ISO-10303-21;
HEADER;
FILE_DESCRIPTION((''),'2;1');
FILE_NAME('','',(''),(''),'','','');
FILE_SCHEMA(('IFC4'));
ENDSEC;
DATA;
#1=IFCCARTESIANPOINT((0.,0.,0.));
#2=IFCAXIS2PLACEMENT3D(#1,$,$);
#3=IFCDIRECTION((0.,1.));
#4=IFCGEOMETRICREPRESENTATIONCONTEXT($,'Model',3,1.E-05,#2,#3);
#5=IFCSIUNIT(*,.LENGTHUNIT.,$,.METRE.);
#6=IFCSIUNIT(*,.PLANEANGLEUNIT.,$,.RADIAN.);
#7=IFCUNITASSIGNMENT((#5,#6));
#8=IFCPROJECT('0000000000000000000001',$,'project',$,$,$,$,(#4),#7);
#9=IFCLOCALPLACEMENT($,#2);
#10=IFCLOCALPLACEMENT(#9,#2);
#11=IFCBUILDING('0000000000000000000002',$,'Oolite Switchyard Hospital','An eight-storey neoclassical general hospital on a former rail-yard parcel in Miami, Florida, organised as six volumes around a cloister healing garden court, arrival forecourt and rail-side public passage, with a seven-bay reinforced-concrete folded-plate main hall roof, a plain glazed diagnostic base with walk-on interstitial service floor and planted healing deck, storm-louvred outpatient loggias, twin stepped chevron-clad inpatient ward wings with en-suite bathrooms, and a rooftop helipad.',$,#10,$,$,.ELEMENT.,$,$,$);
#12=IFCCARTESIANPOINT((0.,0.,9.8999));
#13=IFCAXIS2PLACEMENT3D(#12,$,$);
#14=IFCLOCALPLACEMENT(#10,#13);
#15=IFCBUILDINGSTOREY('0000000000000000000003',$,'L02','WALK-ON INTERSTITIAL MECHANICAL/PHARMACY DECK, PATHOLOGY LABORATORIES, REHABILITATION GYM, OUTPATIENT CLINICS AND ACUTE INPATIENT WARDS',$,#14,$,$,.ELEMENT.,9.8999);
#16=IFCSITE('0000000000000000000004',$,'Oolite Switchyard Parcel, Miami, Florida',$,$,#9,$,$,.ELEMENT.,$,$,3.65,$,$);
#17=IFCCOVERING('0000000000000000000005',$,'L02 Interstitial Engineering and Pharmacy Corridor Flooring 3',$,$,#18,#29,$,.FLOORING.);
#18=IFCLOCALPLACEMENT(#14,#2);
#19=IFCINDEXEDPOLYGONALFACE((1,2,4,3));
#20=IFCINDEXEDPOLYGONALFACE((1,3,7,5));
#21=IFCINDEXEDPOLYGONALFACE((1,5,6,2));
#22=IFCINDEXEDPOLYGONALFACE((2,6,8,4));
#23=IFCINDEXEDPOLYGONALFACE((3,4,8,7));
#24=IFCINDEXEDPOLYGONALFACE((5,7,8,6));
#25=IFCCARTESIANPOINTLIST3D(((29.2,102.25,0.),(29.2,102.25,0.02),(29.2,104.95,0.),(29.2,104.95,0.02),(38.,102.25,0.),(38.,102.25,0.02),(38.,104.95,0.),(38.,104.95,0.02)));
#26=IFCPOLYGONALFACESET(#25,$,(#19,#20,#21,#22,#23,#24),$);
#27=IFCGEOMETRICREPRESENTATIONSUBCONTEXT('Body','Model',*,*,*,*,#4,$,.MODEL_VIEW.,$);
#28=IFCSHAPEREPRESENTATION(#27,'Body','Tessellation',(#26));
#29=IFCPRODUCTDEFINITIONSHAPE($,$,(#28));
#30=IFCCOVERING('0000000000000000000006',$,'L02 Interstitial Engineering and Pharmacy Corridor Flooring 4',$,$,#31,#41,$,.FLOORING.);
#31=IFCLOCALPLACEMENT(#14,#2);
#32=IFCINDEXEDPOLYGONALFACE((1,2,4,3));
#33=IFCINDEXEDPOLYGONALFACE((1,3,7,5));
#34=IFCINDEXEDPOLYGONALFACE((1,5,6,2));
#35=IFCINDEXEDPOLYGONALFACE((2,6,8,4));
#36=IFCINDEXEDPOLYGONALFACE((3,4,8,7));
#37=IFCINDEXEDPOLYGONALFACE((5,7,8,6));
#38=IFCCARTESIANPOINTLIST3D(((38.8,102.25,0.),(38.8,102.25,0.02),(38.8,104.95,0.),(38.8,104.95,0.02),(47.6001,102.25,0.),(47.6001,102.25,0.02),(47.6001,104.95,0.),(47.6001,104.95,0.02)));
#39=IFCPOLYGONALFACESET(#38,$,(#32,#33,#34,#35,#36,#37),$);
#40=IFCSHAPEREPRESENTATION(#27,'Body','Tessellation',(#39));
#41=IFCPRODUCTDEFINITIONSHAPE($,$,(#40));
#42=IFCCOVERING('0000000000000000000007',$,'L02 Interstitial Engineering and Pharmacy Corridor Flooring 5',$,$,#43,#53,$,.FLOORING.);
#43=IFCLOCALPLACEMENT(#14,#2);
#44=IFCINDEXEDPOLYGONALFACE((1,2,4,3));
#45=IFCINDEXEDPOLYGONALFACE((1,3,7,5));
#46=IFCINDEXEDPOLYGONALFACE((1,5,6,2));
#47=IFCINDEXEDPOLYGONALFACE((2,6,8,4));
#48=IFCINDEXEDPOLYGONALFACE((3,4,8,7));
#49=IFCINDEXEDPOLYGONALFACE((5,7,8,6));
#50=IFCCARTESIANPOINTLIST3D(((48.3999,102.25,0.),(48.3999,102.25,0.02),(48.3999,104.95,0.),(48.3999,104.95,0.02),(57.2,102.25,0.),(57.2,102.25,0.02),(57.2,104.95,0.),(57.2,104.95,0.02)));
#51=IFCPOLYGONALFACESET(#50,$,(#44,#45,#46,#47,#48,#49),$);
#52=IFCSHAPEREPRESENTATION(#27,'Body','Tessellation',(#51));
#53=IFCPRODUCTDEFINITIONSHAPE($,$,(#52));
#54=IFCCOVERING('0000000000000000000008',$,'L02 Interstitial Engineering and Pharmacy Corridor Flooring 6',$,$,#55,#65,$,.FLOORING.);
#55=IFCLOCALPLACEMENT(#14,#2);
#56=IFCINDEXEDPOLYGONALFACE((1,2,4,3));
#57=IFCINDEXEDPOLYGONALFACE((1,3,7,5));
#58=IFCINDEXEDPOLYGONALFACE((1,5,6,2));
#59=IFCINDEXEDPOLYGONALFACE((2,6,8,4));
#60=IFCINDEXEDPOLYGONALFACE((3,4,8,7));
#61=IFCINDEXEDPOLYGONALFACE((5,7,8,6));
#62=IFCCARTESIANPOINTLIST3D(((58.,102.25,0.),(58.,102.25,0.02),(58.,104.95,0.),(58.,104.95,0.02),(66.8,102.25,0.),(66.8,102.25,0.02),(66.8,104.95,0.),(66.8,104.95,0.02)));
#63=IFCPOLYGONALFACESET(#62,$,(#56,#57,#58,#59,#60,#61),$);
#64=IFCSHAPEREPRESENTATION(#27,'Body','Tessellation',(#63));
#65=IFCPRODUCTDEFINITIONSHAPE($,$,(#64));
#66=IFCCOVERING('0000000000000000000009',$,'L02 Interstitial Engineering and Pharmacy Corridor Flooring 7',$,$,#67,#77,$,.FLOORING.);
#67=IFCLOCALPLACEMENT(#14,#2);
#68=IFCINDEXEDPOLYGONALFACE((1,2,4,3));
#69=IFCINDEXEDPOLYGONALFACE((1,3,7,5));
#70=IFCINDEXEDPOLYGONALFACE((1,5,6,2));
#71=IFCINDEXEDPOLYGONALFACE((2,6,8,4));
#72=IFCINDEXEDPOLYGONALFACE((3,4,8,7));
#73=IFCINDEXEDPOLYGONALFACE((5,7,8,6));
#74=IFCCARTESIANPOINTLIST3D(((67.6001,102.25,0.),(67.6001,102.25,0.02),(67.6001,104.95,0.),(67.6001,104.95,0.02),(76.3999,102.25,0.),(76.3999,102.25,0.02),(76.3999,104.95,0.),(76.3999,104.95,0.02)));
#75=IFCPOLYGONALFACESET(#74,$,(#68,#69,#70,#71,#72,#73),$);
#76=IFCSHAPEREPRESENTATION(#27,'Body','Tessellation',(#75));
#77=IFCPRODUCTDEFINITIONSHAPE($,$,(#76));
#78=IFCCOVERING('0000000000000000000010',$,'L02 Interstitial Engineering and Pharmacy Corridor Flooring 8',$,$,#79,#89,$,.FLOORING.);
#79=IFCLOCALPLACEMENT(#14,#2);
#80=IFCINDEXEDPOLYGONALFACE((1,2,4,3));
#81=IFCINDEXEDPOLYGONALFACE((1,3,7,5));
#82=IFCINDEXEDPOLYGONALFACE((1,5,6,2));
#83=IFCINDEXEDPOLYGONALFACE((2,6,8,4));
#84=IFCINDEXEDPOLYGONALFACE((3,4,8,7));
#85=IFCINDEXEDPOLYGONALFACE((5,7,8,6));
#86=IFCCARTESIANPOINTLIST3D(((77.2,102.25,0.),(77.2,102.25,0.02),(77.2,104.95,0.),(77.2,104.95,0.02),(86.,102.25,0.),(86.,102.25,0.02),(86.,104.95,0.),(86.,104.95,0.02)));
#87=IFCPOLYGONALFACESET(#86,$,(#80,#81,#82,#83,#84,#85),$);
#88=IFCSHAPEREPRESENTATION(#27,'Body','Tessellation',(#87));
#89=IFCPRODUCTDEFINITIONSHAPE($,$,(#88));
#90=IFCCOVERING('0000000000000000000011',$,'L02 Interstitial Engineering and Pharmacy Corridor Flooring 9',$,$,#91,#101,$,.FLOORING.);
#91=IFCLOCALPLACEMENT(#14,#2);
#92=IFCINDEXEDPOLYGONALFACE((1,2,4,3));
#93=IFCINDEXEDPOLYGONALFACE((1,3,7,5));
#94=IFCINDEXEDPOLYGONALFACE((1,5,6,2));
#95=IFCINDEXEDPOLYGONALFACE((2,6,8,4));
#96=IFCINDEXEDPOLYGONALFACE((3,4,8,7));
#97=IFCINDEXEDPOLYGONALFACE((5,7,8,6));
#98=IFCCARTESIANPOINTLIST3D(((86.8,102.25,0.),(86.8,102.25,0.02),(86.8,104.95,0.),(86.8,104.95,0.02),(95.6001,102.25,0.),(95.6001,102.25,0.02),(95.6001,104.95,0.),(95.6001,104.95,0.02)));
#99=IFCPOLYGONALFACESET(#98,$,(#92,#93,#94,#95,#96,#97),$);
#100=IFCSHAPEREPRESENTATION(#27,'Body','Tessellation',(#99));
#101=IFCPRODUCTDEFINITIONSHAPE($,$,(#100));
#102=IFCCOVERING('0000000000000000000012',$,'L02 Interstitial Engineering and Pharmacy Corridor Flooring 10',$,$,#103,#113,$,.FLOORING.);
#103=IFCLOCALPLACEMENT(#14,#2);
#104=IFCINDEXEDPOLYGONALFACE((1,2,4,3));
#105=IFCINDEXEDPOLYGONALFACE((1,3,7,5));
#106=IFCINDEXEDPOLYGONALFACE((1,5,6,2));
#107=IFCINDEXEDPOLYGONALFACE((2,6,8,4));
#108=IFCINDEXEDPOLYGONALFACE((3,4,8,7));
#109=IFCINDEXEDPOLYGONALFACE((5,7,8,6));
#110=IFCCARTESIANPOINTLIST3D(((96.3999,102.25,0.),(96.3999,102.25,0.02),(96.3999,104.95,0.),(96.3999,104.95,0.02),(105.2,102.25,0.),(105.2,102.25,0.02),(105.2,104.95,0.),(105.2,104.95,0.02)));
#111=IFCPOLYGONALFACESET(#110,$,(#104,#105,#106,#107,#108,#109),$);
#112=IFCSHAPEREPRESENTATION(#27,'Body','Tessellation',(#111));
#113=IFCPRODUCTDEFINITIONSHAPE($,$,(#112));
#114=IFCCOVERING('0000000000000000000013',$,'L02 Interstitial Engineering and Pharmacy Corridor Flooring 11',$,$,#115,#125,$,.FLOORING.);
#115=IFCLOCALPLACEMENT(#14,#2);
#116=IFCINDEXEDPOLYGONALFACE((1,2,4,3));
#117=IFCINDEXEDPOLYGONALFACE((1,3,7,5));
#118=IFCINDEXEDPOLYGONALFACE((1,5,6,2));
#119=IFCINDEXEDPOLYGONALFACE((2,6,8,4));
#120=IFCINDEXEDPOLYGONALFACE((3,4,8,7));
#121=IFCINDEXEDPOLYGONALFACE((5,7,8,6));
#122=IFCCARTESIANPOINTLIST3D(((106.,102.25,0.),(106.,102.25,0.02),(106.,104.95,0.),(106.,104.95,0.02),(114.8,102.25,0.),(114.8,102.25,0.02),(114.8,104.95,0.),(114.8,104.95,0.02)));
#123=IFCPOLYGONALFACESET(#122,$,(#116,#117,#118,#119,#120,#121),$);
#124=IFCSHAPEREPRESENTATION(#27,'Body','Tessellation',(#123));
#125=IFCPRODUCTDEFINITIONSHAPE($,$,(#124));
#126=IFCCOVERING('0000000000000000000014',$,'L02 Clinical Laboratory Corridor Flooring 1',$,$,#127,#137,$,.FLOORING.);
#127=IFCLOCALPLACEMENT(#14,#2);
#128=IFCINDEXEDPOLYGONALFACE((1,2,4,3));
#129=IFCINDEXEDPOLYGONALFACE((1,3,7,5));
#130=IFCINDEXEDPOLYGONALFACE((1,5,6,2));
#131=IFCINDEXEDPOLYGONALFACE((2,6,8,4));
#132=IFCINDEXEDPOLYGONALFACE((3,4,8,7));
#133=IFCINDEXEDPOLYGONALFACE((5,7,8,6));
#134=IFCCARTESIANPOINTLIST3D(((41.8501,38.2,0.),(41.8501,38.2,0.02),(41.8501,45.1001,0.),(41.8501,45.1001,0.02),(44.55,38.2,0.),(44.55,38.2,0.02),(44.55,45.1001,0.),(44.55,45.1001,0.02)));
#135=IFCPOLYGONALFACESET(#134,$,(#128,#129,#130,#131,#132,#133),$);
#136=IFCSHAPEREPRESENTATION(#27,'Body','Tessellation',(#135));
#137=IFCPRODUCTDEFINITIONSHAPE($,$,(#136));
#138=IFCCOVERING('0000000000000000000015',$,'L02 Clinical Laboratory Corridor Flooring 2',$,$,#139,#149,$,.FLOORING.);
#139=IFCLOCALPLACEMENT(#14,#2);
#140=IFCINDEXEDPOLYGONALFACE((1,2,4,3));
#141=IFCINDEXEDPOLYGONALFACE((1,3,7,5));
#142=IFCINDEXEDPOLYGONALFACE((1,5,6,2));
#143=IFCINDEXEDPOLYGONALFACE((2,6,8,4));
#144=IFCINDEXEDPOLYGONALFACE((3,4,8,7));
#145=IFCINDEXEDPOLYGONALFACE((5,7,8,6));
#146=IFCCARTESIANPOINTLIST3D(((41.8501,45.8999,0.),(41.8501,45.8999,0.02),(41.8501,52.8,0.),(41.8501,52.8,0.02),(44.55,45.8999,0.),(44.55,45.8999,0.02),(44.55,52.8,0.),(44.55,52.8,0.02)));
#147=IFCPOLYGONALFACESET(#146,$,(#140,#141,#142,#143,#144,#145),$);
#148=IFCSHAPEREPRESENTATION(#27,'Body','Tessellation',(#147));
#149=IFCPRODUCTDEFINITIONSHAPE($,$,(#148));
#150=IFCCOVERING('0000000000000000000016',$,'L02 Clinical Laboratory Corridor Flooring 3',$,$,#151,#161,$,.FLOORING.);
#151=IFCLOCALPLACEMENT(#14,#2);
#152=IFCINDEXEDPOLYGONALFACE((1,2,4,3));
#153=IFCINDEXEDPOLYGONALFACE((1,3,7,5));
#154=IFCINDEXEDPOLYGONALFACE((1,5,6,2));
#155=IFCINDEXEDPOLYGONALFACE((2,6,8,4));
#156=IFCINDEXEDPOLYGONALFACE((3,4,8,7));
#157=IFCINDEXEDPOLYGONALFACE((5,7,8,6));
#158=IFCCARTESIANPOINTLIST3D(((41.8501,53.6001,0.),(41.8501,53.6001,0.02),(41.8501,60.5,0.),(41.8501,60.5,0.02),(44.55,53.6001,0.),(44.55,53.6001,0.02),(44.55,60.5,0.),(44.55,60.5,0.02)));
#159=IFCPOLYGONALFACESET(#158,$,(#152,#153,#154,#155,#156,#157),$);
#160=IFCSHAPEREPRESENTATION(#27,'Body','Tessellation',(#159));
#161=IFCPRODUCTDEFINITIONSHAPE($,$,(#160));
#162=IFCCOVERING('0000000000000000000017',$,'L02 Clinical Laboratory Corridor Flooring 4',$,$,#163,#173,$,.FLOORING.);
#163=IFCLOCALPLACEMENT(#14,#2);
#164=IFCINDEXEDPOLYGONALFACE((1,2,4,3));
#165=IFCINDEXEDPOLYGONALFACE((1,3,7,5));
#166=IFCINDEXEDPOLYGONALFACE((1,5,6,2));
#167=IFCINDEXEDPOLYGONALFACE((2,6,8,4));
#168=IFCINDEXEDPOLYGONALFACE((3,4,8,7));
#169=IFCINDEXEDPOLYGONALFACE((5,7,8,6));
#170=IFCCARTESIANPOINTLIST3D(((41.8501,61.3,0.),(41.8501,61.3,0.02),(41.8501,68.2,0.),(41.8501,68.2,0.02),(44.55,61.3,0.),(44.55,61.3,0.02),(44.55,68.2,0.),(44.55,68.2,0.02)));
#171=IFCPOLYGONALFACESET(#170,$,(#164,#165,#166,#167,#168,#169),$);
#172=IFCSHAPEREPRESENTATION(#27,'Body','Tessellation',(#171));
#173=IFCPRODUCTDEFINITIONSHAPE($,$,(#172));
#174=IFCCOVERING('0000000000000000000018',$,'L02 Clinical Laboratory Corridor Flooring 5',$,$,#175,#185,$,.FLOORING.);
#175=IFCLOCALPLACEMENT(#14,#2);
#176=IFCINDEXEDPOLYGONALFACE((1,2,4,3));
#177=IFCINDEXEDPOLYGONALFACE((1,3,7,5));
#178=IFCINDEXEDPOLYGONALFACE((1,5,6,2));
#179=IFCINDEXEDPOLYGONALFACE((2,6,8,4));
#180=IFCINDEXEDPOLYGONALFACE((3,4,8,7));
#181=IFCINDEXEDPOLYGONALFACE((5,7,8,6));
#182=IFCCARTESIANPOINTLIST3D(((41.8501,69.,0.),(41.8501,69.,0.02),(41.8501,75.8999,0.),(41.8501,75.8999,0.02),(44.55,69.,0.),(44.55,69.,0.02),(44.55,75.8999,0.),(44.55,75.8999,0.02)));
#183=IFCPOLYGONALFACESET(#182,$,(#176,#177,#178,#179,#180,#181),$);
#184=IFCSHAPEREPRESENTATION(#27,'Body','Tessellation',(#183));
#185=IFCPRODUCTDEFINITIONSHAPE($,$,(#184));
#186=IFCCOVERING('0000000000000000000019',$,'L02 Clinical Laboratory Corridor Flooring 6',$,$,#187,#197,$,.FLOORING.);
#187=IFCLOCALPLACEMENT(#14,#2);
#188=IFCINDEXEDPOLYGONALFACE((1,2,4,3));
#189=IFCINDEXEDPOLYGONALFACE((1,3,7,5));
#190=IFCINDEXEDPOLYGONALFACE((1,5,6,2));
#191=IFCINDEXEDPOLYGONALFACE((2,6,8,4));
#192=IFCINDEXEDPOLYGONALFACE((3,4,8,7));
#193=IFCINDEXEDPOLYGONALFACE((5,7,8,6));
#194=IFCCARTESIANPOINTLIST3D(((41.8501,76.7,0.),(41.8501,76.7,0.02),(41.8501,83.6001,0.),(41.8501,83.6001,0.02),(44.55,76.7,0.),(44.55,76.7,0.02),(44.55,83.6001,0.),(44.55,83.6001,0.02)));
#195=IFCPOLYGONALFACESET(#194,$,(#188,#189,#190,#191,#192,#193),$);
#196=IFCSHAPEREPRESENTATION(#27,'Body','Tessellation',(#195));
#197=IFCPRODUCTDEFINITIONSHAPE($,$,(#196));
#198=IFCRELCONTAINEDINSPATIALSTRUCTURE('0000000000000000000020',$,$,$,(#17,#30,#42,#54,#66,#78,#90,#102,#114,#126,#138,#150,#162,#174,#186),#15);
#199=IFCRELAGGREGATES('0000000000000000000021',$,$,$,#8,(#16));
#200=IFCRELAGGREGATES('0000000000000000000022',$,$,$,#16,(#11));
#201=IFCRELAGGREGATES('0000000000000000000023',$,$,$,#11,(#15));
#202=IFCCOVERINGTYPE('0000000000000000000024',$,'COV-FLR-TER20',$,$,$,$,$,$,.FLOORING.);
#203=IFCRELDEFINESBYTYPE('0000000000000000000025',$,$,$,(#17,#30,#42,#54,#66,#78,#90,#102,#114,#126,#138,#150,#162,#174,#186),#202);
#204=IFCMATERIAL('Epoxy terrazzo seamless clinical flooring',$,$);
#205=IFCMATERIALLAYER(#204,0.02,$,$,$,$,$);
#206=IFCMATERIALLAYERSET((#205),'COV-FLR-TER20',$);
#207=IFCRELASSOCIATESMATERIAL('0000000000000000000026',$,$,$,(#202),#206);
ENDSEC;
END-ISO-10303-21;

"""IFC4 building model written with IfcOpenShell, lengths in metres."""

from ifc_helpers import new_model, si_unit, direction, frame, origin, place, context, subcontext, project, spatial, polyline, outline, extrude, material, layer, layer_set, type_object, element, save


model = new_model("IFC4")

# Units and contexts
model_context = context("Model", 3, precision=1e-05, world=origin(), true_north=direction((0.0, 1.0)))
body_context = subcontext(model_context, "Body", "Model", "MODEL_VIEW")
ifc_project = project(units=[si_unit("LENGTHUNIT", "METRE"), si_unit("PLANEANGLEUNIT", "RADIAN")], contexts=[model_context])

# Site, building, storey
site_placement = place(None, origin())
site = spatial("IfcSite", under=ifc_project, at=site_placement, Name="Oolite Switchyard Parcel, Miami, Florida", CompositionType="ELEMENT", RefElevation=3.65)
building_placement = place(site_placement, origin())
building = spatial("IfcBuilding", under=site, at=building_placement, Name="Oolite Switchyard Hospital", Description="An eight-storey neoclassical general hospital on a former rail-yard parcel in Miami, Florida, organised as six volumes around a cloister healing garden court, arrival forecourt and rail-side public passage, with a seven-bay reinforced-concrete folded-plate main hall roof, a plain glazed diagnostic base with walk-on interstitial service floor and planted healing deck, storm-louvred outpatient loggias, twin stepped chevron-clad inpatient ward wings with en-suite bathrooms, and a rooftop helipad.", CompositionType="ELEMENT")
storey_placement = place(building_placement, frame((0.0, 0.0, 9.8999)))
storey = spatial("IfcBuildingStorey", under=building, at=storey_placement, Name="L02", Description="WALK-ON INTERSTITIAL MECHANICAL/PHARMACY DECK, PATHOLOGY LABORATORIES, REHABILITATION GYM, OUTPATIENT CLINICS AND ACUTE INPATIENT WARDS", CompositionType="ELEMENT", Elevation=9.8999)

# Coverings
ifc_material = material(Name="Epoxy terrazzo seamless clinical flooring")
ifc_layer = layer(ifc_material, 0.02)
ifc_layer_set = layer_set([ifc_layer], Name="COV-FLR-TER20")
covering_type = type_object("IfcCoveringType", Name="COV-FLR-TER20", PredefinedType="FLOORING", material=ifc_layer_set)
covering_1_placement = place(storey_placement, origin())
element("IfcCovering", 1, at=covering_1_placement, inside=storey, type_object=covering_type, Name="L02 Interstitial Engineering and Pharmacy Corridor Flooring 3", PredefinedType="FLOORING", context=body_context, shape_type="SweptSolid", body=[
    extrude(outline(polyline([(29.2, 102.25), (38.0, 102.25), (38.0, 104.95), (29.2, 104.95), (29.2, 102.25)])), origin(), (0.0, 0.0, 1.0), 0.02),
])
covering_2_placement = place(storey_placement, origin())
element("IfcCovering", 2, at=covering_2_placement, inside=storey, type_object=covering_type, Name="L02 Interstitial Engineering and Pharmacy Corridor Flooring 4", PredefinedType="FLOORING", context=body_context, shape_type="SweptSolid", body=[
    extrude(outline(polyline([(38.8, 102.25), (47.6001, 102.25), (47.6001, 104.95), (38.8, 104.95), (38.8, 102.25)])), origin(), (0.0, 0.0, 1.0), 0.02),
])
covering_3_placement = place(storey_placement, origin())
element("IfcCovering", 3, at=covering_3_placement, inside=storey, type_object=covering_type, Name="L02 Interstitial Engineering and Pharmacy Corridor Flooring 5", PredefinedType="FLOORING", context=body_context, shape_type="SweptSolid", body=[
    extrude(outline(polyline([(48.3999, 102.25), (57.2, 102.25), (57.2, 104.95), (48.3999, 104.95), (48.3999, 102.25)])), origin(), (0.0, 0.0, 1.0), 0.02),
])
covering_4_placement = place(storey_placement, origin())
element("IfcCovering", 4, at=covering_4_placement, inside=storey, type_object=covering_type, Name="L02 Interstitial Engineering and Pharmacy Corridor Flooring 6", PredefinedType="FLOORING", context=body_context, shape_type="SweptSolid", body=[
    extrude(outline(polyline([(58.0, 102.25), (66.8, 102.25), (66.8, 104.95), (58.0, 104.95), (58.0, 102.25)])), origin(), (0.0, 0.0, 1.0), 0.02),
])
covering_5_placement = place(storey_placement, origin())
element("IfcCovering", 5, at=covering_5_placement, inside=storey, type_object=covering_type, Name="L02 Interstitial Engineering and Pharmacy Corridor Flooring 7", PredefinedType="FLOORING", context=body_context, shape_type="SweptSolid", body=[
    extrude(outline(polyline([(67.6001, 102.25), (76.3999, 102.25), (76.3999, 104.95), (67.6001, 104.95), (67.6001, 102.25)])), origin(), (0.0, 0.0, 1.0), 0.02),
])
covering_6_placement = place(storey_placement, origin())
element("IfcCovering", 6, at=covering_6_placement, inside=storey, type_object=covering_type, Name="L02 Interstitial Engineering and Pharmacy Corridor Flooring 8", PredefinedType="FLOORING", context=body_context, shape_type="SweptSolid", body=[
    extrude(outline(polyline([(77.2, 102.25), (86.0, 102.25), (86.0, 104.95), (77.2, 104.95), (77.2, 102.25)])), origin(), (0.0, 0.0, 1.0), 0.02),
])
covering_7_placement = place(storey_placement, origin())
element("IfcCovering", 7, at=covering_7_placement, inside=storey, type_object=covering_type, Name="L02 Interstitial Engineering and Pharmacy Corridor Flooring 9", PredefinedType="FLOORING", context=body_context, shape_type="SweptSolid", body=[
    extrude(outline(polyline([(86.8, 102.25), (95.6001, 102.25), (95.6001, 104.95), (86.8, 104.95), (86.8, 102.25)])), origin(), (0.0, 0.0, 1.0), 0.02),
])
covering_8_placement = place(storey_placement, origin())
element("IfcCovering", 8, at=covering_8_placement, inside=storey, type_object=covering_type, Name="L02 Interstitial Engineering and Pharmacy Corridor Flooring 10", PredefinedType="FLOORING", context=body_context, shape_type="SweptSolid", body=[
    extrude(outline(polyline([(96.3999, 102.25), (105.2, 102.25), (105.2, 104.95), (96.3999, 104.95), (96.3999, 102.25)])), origin(), (0.0, 0.0, 1.0), 0.02),
])
covering_9_placement = place(storey_placement, origin())
element("IfcCovering", 9, at=covering_9_placement, inside=storey, type_object=covering_type, Name="L02 Interstitial Engineering and Pharmacy Corridor Flooring 11", PredefinedType="FLOORING", context=body_context, shape_type="SweptSolid", body=[
    extrude(outline(polyline([(106.0, 102.25), (114.8, 102.25), (114.8, 104.95), (106.0, 104.95), (106.0, 102.25)])), origin(), (0.0, 0.0, 1.0), 0.02),
])
covering_10_placement = place(storey_placement, origin())
element("IfcCovering", 10, at=covering_10_placement, inside=storey, type_object=covering_type, Name="L02 Clinical Laboratory Corridor Flooring 1", PredefinedType="FLOORING", context=body_context, shape_type="SweptSolid", body=[
    extrude(outline(polyline([(41.8501, 38.2), (44.55, 38.2), (44.55, 45.1001), (41.8501, 45.1001), (41.8501, 38.2)])), origin(), (0.0, 0.0, 1.0), 0.02),
])
covering_11_placement = place(storey_placement, origin())
element("IfcCovering", 11, at=covering_11_placement, inside=storey, type_object=covering_type, Name="L02 Clinical Laboratory Corridor Flooring 2", PredefinedType="FLOORING", context=body_context, shape_type="SweptSolid", body=[
    extrude(outline(polyline([(41.8501, 45.8999), (44.55, 45.8999), (44.55, 52.8), (41.8501, 52.8), (41.8501, 45.8999)])), origin(), (0.0, 0.0, 1.0), 0.02),
])
covering_12_placement = place(storey_placement, origin())
element("IfcCovering", 12, at=covering_12_placement, inside=storey, type_object=covering_type, Name="L02 Clinical Laboratory Corridor Flooring 3", PredefinedType="FLOORING", context=body_context, shape_type="SweptSolid", body=[
    extrude(outline(polyline([(41.8501, 53.6001), (44.55, 53.6001), (44.55, 60.5), (41.8501, 60.5), (41.8501, 53.6001)])), origin(), (0.0, 0.0, 1.0), 0.02),
])
covering_13_placement = place(storey_placement, origin())
element("IfcCovering", 13, at=covering_13_placement, inside=storey, type_object=covering_type, Name="L02 Clinical Laboratory Corridor Flooring 4", PredefinedType="FLOORING", context=body_context, shape_type="SweptSolid", body=[
    extrude(outline(polyline([(41.8501, 61.3), (44.55, 61.3), (44.55, 68.2), (41.8501, 68.2), (41.8501, 61.3)])), origin(), (0.0, 0.0, 1.0), 0.02),
])
covering_14_placement = place(storey_placement, origin())
element("IfcCovering", 14, at=covering_14_placement, inside=storey, type_object=covering_type, Name="L02 Clinical Laboratory Corridor Flooring 5", PredefinedType="FLOORING", context=body_context, shape_type="SweptSolid", body=[
    extrude(outline(polyline([(41.8501, 69.0), (44.55, 69.0), (44.55, 75.8999), (41.8501, 75.8999), (41.8501, 69.0)])), origin(), (0.0, 0.0, 1.0), 0.02),
])
covering_15_placement = place(storey_placement, origin())
element("IfcCovering", 15, at=covering_15_placement, inside=storey, type_object=covering_type, Name="L02 Clinical Laboratory Corridor Flooring 6", PredefinedType="FLOORING", context=body_context, shape_type="SweptSolid", body=[
    extrude(outline(polyline([(41.8501, 76.7), (44.55, 76.7), (44.55, 83.6001), (41.8501, 83.6001), (41.8501, 76.7)])), origin(), (0.0, 0.0, 1.0), 0.02),
])

save(model, "model.ifc")
